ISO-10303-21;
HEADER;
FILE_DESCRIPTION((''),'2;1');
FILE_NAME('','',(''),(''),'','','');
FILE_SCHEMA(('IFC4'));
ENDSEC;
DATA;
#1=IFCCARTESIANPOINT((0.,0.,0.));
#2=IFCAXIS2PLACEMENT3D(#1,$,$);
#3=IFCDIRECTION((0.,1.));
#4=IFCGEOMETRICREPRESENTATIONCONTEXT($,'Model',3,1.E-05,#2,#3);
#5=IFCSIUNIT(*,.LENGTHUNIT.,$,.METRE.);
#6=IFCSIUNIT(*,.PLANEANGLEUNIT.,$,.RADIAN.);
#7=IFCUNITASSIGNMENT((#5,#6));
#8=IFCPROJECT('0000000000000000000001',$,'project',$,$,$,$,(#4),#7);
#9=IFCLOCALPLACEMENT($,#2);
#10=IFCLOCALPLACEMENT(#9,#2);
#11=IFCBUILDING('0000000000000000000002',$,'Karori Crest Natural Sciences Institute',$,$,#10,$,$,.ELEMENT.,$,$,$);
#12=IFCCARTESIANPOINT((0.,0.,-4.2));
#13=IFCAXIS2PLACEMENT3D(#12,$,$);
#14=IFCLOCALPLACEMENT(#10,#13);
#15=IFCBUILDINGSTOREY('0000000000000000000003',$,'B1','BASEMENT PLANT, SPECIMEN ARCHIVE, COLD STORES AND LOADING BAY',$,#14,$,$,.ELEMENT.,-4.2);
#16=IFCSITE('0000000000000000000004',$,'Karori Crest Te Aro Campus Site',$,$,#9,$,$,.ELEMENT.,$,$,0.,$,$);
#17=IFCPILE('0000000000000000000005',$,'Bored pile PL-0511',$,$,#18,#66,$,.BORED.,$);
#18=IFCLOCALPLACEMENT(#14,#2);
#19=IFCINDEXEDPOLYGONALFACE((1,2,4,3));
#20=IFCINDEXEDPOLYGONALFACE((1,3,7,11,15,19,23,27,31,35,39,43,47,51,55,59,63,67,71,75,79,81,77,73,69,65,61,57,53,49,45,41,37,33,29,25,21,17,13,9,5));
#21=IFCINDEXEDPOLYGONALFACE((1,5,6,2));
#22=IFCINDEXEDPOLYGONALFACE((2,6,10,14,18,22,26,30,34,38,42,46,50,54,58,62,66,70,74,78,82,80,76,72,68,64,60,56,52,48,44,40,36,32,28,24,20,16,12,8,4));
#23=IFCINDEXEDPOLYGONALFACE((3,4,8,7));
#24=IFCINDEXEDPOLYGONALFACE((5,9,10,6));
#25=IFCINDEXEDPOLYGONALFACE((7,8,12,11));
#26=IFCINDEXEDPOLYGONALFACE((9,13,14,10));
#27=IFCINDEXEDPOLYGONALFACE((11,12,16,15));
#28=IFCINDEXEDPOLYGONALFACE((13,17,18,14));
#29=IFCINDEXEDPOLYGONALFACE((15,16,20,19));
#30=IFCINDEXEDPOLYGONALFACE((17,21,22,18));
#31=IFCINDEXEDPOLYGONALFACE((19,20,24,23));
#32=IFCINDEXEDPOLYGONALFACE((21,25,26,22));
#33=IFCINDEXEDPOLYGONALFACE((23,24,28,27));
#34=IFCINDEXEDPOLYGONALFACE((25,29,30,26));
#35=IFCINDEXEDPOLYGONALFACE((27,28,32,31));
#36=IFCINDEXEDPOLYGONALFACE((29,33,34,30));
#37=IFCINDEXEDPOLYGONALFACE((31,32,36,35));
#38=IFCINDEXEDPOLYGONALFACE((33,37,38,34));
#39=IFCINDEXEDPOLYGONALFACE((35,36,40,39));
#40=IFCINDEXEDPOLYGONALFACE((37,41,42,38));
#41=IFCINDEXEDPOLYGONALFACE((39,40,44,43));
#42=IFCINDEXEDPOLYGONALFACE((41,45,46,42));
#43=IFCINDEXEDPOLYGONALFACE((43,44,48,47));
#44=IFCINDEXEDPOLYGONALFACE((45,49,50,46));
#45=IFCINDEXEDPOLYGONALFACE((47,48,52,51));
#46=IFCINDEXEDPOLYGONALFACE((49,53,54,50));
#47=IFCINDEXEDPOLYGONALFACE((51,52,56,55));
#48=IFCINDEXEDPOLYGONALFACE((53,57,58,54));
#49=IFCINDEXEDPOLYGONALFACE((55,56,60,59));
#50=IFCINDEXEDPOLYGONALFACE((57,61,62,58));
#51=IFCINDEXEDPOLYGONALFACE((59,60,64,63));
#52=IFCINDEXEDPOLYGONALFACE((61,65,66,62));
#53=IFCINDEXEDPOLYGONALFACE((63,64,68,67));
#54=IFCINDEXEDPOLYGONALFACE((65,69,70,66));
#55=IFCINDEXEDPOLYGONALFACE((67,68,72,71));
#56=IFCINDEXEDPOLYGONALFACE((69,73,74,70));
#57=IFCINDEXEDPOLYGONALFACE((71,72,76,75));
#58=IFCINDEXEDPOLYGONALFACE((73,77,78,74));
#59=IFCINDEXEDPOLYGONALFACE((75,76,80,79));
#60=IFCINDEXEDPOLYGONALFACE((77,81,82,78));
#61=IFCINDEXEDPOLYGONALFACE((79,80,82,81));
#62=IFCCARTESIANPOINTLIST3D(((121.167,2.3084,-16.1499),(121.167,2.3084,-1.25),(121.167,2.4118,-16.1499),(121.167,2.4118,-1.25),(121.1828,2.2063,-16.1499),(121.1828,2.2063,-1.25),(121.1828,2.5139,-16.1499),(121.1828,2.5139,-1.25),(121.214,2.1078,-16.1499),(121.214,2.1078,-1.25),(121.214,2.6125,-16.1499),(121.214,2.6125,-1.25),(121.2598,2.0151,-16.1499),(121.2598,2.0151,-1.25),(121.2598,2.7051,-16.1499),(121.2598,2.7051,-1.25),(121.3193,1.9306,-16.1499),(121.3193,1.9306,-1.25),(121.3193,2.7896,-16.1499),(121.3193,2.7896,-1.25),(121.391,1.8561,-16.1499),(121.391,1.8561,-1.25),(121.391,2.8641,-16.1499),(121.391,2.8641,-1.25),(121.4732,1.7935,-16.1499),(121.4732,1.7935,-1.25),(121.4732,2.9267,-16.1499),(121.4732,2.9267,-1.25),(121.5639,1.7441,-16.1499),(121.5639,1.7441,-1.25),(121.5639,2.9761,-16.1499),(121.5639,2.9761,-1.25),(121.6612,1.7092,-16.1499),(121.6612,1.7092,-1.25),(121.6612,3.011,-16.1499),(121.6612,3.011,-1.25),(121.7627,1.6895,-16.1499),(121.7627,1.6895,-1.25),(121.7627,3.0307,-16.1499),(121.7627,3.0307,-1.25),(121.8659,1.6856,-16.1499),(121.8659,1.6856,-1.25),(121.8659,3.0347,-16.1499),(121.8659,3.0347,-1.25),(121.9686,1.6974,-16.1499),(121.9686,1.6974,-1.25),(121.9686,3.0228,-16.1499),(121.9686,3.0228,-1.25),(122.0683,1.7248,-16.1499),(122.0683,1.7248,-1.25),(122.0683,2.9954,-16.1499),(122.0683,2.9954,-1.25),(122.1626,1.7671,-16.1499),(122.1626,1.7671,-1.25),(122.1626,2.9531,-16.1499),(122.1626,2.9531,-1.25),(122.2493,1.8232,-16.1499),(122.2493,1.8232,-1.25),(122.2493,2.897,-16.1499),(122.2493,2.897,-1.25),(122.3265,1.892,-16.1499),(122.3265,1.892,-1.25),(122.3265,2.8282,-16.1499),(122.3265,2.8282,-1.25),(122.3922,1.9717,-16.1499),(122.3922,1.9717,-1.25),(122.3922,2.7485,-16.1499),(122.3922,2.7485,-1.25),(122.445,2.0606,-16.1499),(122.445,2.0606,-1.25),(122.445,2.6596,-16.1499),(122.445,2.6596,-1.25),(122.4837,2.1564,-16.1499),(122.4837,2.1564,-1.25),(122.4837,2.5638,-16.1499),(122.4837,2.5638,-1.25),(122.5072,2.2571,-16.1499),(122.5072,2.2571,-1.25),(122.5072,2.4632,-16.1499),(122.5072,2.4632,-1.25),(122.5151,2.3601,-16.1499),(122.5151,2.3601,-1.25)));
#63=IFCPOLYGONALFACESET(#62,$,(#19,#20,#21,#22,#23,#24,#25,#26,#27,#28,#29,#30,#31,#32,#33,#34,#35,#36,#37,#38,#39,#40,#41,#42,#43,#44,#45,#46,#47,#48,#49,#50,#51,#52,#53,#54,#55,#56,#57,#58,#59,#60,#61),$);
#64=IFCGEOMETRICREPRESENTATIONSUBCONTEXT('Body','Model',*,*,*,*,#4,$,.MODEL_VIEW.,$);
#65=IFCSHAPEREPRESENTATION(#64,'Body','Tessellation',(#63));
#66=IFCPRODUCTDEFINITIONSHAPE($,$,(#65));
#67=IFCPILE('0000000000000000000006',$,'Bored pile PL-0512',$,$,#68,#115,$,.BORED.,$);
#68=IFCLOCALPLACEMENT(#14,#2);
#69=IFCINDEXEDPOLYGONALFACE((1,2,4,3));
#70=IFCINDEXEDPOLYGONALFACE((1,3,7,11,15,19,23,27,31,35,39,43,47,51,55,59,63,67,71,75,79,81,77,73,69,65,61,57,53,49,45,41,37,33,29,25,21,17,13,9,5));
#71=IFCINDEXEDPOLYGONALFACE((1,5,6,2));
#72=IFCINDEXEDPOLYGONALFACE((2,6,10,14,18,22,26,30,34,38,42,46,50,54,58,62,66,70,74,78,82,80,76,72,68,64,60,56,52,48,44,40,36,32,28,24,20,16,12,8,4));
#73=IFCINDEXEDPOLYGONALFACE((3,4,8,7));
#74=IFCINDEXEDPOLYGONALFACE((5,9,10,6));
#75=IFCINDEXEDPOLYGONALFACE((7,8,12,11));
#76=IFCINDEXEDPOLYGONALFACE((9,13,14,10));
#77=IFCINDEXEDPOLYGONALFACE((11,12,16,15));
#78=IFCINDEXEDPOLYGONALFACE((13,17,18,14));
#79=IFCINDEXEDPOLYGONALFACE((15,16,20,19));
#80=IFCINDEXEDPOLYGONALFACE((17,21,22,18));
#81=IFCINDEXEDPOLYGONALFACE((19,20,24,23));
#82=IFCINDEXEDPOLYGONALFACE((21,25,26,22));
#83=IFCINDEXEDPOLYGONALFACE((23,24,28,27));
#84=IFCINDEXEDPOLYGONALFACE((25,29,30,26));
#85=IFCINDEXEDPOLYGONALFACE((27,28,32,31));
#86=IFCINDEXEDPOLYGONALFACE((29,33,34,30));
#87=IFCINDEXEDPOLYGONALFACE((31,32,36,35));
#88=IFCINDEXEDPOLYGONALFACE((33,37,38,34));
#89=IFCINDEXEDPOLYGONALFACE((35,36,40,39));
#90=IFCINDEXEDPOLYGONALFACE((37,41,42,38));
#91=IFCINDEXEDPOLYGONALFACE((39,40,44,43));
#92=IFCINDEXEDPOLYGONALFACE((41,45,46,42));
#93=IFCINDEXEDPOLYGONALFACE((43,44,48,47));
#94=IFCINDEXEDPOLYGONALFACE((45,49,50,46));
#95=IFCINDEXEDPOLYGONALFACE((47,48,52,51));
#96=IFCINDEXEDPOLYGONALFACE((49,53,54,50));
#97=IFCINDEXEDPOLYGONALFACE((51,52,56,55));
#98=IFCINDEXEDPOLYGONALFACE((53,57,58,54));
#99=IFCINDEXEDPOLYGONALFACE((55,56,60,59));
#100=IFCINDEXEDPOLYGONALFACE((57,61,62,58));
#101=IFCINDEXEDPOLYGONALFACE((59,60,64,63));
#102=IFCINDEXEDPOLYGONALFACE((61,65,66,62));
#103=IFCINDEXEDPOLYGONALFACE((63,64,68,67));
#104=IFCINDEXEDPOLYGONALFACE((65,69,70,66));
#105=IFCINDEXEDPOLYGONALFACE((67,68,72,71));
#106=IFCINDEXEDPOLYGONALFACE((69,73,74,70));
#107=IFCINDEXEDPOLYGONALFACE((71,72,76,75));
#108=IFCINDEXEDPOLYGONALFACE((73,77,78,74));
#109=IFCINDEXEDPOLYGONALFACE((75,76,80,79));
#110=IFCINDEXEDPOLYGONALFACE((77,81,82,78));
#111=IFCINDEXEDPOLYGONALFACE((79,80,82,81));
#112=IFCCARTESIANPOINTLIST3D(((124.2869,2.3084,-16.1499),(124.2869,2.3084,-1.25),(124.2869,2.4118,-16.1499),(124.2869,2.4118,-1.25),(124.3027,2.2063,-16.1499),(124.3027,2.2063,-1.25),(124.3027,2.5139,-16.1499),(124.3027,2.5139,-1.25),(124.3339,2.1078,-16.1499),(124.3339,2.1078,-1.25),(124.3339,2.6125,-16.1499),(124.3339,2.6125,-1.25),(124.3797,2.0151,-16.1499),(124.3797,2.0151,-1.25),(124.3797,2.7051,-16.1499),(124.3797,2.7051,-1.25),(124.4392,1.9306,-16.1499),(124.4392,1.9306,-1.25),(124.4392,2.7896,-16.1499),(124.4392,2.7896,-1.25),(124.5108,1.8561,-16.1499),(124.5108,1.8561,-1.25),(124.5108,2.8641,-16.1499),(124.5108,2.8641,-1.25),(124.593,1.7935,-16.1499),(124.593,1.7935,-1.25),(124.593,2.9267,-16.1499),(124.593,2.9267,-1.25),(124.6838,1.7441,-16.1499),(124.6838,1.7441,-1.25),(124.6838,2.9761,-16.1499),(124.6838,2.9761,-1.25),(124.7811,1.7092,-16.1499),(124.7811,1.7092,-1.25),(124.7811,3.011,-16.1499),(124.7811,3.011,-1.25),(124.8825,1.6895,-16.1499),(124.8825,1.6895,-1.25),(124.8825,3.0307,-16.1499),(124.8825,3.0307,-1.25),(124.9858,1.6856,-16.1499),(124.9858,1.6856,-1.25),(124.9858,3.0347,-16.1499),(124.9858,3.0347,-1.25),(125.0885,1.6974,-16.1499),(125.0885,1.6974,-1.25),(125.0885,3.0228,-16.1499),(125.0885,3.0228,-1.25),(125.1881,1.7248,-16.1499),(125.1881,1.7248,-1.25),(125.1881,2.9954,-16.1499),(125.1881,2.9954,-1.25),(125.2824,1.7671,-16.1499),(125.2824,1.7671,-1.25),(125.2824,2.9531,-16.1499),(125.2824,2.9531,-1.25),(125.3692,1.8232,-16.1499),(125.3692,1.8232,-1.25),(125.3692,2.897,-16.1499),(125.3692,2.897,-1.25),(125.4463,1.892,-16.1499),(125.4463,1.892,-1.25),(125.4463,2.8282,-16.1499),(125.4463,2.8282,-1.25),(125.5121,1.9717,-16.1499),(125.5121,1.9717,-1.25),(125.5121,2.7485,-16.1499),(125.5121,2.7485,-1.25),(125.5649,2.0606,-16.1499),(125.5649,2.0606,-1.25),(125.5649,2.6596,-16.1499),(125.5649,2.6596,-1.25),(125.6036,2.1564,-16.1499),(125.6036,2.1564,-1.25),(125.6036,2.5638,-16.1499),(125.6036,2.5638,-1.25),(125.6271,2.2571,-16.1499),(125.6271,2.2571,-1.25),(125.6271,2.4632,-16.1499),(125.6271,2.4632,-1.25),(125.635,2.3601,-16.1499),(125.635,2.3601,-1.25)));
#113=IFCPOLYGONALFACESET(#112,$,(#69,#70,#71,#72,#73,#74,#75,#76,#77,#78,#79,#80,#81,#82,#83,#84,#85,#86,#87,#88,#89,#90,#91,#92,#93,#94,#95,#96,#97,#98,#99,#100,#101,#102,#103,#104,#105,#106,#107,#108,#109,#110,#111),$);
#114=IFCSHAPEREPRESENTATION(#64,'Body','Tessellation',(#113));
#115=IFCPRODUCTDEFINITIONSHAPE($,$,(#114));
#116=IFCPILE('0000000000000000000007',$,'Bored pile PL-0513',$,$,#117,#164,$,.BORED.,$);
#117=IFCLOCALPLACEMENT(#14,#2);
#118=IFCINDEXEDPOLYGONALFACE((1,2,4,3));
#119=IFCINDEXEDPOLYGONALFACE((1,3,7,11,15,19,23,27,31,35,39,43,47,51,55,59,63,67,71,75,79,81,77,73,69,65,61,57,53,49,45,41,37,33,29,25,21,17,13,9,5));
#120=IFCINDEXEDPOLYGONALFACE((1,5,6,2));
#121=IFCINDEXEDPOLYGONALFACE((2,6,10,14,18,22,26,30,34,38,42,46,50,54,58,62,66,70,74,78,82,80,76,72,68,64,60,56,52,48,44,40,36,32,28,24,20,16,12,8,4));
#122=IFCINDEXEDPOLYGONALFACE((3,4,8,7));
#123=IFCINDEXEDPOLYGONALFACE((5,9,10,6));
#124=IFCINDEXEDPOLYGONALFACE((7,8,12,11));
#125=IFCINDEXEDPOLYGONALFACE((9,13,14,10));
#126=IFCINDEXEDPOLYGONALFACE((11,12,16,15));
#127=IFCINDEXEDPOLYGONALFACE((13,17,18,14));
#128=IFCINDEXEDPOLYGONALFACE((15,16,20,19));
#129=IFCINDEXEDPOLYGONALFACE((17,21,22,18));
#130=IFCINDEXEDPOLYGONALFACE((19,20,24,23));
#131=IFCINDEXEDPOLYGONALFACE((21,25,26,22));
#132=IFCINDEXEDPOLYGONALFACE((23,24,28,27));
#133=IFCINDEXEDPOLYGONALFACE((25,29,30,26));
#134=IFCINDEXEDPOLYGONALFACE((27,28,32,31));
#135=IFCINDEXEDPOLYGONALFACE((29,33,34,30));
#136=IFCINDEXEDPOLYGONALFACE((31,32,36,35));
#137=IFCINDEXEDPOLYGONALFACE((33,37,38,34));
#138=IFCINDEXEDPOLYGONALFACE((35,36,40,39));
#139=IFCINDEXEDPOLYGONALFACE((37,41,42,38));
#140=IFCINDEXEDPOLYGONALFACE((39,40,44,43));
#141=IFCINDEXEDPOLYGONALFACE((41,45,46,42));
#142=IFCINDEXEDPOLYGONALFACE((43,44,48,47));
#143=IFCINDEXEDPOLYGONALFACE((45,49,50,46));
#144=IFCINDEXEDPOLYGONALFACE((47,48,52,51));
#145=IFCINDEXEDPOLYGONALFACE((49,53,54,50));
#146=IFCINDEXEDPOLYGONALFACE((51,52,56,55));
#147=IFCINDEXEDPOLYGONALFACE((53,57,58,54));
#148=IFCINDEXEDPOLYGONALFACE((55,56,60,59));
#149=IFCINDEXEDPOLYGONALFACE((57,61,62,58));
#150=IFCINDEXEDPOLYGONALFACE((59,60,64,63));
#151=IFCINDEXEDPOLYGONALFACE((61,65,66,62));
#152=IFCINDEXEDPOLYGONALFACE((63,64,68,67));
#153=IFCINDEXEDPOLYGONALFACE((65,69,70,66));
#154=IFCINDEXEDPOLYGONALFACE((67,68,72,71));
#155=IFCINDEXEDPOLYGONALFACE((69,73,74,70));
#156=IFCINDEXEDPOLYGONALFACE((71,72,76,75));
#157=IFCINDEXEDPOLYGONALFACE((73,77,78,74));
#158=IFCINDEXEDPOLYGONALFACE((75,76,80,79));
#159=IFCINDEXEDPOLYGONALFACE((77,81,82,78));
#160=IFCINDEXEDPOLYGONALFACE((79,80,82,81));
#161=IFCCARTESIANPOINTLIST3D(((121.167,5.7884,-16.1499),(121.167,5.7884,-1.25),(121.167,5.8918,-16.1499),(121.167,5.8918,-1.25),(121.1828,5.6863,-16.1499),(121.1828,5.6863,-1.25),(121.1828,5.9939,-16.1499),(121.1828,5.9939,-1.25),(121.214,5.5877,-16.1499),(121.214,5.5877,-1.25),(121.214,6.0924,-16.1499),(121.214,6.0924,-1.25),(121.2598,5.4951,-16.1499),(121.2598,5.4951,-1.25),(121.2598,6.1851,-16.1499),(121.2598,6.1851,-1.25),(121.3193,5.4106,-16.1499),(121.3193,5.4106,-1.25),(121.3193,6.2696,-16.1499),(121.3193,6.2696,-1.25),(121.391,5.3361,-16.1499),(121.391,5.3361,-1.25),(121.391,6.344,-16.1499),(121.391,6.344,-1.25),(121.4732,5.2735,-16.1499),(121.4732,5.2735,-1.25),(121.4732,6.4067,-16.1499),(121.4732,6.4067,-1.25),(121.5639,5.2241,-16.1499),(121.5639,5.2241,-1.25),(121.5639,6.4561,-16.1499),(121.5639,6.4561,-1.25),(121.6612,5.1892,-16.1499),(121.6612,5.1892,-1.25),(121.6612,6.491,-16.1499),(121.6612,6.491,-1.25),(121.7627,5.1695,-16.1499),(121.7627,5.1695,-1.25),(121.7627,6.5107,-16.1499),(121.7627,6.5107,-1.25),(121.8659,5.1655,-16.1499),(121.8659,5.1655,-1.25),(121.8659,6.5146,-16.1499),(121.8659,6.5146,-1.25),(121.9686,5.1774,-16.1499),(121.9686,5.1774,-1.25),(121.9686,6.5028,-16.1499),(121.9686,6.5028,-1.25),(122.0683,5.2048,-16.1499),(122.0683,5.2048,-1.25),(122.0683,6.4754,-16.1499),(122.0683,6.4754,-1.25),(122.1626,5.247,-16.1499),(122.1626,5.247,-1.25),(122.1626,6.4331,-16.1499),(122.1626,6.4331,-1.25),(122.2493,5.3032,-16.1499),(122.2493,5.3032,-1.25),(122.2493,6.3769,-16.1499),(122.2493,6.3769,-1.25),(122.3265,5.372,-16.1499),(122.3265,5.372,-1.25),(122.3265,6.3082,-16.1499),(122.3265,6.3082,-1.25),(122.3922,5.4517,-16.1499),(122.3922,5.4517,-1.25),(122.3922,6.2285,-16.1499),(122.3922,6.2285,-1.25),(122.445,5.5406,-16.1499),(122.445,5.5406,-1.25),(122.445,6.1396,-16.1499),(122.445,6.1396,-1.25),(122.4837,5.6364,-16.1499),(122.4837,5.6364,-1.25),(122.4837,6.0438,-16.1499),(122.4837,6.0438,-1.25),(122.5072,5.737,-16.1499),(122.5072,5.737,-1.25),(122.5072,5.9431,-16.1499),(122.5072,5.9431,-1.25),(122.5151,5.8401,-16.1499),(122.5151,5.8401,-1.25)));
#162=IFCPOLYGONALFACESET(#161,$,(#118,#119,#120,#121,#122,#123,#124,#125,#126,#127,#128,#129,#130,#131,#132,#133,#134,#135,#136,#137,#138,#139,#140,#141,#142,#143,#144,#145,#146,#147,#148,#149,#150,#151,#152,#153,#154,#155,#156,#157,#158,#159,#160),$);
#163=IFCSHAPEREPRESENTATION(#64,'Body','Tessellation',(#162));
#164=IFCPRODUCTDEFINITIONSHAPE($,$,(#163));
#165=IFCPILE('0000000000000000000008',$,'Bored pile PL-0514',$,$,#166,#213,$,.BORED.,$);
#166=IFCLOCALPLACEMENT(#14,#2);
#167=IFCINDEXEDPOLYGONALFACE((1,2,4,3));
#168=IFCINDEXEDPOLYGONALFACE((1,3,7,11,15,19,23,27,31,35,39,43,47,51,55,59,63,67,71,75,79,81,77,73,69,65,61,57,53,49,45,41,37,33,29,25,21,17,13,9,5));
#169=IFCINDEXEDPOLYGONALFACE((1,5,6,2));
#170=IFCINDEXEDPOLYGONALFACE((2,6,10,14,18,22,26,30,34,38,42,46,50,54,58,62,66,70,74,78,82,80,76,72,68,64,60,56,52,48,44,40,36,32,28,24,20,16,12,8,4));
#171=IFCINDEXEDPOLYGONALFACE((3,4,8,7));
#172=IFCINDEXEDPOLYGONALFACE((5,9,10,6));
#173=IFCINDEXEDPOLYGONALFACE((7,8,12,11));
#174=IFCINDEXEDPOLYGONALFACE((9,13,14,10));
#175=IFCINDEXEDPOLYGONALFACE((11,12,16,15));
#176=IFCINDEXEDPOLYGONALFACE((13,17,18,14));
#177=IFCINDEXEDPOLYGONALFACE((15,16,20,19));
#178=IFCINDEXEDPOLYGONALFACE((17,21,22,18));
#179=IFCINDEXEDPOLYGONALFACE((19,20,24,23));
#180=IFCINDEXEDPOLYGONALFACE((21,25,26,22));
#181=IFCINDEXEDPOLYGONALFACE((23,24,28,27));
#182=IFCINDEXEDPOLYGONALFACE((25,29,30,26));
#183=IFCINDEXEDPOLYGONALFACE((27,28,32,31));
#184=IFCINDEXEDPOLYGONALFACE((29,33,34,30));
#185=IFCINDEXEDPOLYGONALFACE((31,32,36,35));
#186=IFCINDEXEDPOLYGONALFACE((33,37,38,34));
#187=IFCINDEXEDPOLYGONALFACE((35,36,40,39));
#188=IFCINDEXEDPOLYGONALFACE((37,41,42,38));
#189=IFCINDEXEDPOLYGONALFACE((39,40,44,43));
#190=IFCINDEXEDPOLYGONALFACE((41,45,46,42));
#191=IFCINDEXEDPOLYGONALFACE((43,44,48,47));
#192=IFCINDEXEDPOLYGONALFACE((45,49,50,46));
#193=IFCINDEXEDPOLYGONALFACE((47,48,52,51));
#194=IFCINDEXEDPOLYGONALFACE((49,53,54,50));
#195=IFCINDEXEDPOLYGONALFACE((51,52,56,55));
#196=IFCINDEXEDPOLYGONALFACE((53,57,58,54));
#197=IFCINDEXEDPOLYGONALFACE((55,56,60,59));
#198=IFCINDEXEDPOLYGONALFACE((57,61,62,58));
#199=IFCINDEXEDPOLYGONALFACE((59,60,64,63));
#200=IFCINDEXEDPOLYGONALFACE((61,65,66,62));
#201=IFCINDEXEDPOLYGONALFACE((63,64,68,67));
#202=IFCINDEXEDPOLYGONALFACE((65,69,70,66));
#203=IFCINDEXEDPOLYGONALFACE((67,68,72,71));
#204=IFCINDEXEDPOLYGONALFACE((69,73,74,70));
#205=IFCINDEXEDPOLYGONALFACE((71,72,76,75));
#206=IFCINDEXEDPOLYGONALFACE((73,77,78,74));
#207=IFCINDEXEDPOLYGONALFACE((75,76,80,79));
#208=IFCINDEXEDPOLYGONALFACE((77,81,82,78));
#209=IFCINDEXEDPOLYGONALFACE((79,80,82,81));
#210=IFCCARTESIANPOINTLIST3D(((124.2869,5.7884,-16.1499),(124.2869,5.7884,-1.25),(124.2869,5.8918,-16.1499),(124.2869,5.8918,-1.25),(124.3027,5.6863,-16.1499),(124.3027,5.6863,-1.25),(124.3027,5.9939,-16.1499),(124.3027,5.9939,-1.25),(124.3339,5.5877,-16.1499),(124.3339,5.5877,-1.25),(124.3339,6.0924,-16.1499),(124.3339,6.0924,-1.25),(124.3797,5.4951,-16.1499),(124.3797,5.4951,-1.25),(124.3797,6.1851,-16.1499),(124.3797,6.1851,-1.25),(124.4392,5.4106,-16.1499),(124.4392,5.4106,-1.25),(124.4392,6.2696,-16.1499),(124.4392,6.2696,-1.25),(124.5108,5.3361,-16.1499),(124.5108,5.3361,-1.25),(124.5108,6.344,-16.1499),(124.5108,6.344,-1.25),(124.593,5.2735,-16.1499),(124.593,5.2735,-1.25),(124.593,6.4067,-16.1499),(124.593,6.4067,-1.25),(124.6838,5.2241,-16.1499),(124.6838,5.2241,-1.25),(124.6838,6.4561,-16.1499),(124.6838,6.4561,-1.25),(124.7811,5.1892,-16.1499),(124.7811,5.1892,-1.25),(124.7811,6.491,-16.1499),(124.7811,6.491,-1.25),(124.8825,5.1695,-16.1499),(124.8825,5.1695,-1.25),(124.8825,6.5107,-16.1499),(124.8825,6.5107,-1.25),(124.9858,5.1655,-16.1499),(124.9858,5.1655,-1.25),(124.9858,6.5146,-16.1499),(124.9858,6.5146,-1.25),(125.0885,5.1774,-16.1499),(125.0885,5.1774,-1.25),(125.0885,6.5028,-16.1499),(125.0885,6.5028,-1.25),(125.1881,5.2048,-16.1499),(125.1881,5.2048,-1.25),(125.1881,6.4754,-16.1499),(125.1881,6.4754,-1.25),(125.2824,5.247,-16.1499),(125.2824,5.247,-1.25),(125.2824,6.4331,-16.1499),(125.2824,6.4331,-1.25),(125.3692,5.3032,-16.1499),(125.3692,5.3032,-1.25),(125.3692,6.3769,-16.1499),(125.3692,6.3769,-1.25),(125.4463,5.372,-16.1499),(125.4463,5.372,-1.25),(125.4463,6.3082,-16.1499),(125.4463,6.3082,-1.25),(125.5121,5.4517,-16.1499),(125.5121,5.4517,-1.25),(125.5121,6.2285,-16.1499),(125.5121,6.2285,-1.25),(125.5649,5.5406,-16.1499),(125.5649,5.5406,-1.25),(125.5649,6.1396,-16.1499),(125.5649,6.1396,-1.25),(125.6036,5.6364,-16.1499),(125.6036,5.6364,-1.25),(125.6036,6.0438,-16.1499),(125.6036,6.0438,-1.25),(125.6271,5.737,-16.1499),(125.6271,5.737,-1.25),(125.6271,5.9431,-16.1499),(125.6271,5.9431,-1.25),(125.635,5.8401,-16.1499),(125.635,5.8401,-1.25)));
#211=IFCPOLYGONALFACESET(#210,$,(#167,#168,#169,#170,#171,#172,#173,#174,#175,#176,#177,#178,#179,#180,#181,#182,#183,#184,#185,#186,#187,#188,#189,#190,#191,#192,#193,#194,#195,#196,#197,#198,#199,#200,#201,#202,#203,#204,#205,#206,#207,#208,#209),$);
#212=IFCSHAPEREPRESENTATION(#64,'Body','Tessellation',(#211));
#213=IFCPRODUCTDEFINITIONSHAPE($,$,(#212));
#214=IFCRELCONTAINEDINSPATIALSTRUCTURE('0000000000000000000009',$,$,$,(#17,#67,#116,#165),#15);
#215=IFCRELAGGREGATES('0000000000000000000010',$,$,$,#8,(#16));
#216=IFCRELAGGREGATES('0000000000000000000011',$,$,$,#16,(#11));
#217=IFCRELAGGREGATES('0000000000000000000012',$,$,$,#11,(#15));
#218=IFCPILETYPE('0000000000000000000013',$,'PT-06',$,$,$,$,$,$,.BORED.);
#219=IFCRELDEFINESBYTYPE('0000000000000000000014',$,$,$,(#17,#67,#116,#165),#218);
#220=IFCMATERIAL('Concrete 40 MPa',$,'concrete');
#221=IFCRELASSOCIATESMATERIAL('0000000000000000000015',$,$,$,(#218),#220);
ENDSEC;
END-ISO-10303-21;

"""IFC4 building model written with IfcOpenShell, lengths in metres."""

from ifc_helpers import new_model, si_unit, direction, frame, origin, origin_2d, place, context, subcontext, project, spatial, circle, extrude, material, material_profile, profile_set, type_object, element, save


model = new_model("IFC4")

# Units and contexts
model_context = context("Model", 3, precision=1e-05, world=origin(), true_north=direction((0.0, 1.0)))
body_context = subcontext(model_context, "Body", "Model", "MODEL_VIEW")
ifc_project = project(units=[si_unit("LENGTHUNIT", "METRE"), si_unit("PLANEANGLEUNIT", "RADIAN")], contexts=[model_context])

# Site, building, storey
site_placement = place(None, origin())
site = spatial("IfcSite", under=ifc_project, at=site_placement, Name="Karori Crest Te Aro Campus Site", CompositionType="ELEMENT", RefElevation=0.0)
building_placement = place(site_placement, origin())
building = spatial("IfcBuilding", under=site, at=building_placement, Name="Karori Crest Natural Sciences Institute", CompositionType="ELEMENT")
storey_placement = place(building_placement, frame((0.0, 0.0, -4.2)))
storey = spatial("IfcBuildingStorey", under=building, at=storey_placement, Name="B1", Description="BASEMENT PLANT, SPECIMEN ARCHIVE, COLD STORES AND LOADING BAY", CompositionType="ELEMENT", Elevation=-4.2)

# Shared definitions
ifc_material_1 = material(Name="Concrete 40 MPa", Category="concrete")

# Piles
ifc_material_profile_1 = material_profile(ifc_material_1, circle(Radius=0.675, at=origin_2d()), Name="PILE1350")
ifc_profile_set_1 = profile_set([ifc_material_profile_1], Name="Concrete 40 MPa")
pile_type = type_object("IfcPileType", Name="PT-06", PredefinedType="BORED", material=ifc_profile_set_1)
for number, where, z_axis, x_axis, name in (
    (1, (121.8401, 2.3601, -1.25), (0.0, 0.0, -1.0), (1.0, 0.0, 0.0), "Bored pile PL-0511"),
    (2, (124.96, 2.3601, -1.25), (0.0, 0.0, -1.0), (1.0, 0.0, 0.0), "Bored pile PL-0512"),
    (3, (121.8401, 5.8401, -1.25), (0.0, 0.0, -1.0), (1.0, 0.0, 0.0), "Bored pile PL-0513"),
    (4, (124.96, 5.8401, -1.25), (0.0, 0.0, -1.0), (1.0, 0.0, 0.0), "Bored pile PL-0514"),
):
    element("IfcPile", number, at=place(storey_placement, frame(where, z_axis=z_axis, x_axis=x_axis)), inside=storey, type_object=pile_type, Name=name, PredefinedType="BORED", context=body_context, shape_type="SweptSolid", body=[
        extrude(circle(Radius=0.675, at=origin_2d()), origin(), (0.0, 0.0, 1.0), 14.8999),
    ])

save(model, "model.ifc")
